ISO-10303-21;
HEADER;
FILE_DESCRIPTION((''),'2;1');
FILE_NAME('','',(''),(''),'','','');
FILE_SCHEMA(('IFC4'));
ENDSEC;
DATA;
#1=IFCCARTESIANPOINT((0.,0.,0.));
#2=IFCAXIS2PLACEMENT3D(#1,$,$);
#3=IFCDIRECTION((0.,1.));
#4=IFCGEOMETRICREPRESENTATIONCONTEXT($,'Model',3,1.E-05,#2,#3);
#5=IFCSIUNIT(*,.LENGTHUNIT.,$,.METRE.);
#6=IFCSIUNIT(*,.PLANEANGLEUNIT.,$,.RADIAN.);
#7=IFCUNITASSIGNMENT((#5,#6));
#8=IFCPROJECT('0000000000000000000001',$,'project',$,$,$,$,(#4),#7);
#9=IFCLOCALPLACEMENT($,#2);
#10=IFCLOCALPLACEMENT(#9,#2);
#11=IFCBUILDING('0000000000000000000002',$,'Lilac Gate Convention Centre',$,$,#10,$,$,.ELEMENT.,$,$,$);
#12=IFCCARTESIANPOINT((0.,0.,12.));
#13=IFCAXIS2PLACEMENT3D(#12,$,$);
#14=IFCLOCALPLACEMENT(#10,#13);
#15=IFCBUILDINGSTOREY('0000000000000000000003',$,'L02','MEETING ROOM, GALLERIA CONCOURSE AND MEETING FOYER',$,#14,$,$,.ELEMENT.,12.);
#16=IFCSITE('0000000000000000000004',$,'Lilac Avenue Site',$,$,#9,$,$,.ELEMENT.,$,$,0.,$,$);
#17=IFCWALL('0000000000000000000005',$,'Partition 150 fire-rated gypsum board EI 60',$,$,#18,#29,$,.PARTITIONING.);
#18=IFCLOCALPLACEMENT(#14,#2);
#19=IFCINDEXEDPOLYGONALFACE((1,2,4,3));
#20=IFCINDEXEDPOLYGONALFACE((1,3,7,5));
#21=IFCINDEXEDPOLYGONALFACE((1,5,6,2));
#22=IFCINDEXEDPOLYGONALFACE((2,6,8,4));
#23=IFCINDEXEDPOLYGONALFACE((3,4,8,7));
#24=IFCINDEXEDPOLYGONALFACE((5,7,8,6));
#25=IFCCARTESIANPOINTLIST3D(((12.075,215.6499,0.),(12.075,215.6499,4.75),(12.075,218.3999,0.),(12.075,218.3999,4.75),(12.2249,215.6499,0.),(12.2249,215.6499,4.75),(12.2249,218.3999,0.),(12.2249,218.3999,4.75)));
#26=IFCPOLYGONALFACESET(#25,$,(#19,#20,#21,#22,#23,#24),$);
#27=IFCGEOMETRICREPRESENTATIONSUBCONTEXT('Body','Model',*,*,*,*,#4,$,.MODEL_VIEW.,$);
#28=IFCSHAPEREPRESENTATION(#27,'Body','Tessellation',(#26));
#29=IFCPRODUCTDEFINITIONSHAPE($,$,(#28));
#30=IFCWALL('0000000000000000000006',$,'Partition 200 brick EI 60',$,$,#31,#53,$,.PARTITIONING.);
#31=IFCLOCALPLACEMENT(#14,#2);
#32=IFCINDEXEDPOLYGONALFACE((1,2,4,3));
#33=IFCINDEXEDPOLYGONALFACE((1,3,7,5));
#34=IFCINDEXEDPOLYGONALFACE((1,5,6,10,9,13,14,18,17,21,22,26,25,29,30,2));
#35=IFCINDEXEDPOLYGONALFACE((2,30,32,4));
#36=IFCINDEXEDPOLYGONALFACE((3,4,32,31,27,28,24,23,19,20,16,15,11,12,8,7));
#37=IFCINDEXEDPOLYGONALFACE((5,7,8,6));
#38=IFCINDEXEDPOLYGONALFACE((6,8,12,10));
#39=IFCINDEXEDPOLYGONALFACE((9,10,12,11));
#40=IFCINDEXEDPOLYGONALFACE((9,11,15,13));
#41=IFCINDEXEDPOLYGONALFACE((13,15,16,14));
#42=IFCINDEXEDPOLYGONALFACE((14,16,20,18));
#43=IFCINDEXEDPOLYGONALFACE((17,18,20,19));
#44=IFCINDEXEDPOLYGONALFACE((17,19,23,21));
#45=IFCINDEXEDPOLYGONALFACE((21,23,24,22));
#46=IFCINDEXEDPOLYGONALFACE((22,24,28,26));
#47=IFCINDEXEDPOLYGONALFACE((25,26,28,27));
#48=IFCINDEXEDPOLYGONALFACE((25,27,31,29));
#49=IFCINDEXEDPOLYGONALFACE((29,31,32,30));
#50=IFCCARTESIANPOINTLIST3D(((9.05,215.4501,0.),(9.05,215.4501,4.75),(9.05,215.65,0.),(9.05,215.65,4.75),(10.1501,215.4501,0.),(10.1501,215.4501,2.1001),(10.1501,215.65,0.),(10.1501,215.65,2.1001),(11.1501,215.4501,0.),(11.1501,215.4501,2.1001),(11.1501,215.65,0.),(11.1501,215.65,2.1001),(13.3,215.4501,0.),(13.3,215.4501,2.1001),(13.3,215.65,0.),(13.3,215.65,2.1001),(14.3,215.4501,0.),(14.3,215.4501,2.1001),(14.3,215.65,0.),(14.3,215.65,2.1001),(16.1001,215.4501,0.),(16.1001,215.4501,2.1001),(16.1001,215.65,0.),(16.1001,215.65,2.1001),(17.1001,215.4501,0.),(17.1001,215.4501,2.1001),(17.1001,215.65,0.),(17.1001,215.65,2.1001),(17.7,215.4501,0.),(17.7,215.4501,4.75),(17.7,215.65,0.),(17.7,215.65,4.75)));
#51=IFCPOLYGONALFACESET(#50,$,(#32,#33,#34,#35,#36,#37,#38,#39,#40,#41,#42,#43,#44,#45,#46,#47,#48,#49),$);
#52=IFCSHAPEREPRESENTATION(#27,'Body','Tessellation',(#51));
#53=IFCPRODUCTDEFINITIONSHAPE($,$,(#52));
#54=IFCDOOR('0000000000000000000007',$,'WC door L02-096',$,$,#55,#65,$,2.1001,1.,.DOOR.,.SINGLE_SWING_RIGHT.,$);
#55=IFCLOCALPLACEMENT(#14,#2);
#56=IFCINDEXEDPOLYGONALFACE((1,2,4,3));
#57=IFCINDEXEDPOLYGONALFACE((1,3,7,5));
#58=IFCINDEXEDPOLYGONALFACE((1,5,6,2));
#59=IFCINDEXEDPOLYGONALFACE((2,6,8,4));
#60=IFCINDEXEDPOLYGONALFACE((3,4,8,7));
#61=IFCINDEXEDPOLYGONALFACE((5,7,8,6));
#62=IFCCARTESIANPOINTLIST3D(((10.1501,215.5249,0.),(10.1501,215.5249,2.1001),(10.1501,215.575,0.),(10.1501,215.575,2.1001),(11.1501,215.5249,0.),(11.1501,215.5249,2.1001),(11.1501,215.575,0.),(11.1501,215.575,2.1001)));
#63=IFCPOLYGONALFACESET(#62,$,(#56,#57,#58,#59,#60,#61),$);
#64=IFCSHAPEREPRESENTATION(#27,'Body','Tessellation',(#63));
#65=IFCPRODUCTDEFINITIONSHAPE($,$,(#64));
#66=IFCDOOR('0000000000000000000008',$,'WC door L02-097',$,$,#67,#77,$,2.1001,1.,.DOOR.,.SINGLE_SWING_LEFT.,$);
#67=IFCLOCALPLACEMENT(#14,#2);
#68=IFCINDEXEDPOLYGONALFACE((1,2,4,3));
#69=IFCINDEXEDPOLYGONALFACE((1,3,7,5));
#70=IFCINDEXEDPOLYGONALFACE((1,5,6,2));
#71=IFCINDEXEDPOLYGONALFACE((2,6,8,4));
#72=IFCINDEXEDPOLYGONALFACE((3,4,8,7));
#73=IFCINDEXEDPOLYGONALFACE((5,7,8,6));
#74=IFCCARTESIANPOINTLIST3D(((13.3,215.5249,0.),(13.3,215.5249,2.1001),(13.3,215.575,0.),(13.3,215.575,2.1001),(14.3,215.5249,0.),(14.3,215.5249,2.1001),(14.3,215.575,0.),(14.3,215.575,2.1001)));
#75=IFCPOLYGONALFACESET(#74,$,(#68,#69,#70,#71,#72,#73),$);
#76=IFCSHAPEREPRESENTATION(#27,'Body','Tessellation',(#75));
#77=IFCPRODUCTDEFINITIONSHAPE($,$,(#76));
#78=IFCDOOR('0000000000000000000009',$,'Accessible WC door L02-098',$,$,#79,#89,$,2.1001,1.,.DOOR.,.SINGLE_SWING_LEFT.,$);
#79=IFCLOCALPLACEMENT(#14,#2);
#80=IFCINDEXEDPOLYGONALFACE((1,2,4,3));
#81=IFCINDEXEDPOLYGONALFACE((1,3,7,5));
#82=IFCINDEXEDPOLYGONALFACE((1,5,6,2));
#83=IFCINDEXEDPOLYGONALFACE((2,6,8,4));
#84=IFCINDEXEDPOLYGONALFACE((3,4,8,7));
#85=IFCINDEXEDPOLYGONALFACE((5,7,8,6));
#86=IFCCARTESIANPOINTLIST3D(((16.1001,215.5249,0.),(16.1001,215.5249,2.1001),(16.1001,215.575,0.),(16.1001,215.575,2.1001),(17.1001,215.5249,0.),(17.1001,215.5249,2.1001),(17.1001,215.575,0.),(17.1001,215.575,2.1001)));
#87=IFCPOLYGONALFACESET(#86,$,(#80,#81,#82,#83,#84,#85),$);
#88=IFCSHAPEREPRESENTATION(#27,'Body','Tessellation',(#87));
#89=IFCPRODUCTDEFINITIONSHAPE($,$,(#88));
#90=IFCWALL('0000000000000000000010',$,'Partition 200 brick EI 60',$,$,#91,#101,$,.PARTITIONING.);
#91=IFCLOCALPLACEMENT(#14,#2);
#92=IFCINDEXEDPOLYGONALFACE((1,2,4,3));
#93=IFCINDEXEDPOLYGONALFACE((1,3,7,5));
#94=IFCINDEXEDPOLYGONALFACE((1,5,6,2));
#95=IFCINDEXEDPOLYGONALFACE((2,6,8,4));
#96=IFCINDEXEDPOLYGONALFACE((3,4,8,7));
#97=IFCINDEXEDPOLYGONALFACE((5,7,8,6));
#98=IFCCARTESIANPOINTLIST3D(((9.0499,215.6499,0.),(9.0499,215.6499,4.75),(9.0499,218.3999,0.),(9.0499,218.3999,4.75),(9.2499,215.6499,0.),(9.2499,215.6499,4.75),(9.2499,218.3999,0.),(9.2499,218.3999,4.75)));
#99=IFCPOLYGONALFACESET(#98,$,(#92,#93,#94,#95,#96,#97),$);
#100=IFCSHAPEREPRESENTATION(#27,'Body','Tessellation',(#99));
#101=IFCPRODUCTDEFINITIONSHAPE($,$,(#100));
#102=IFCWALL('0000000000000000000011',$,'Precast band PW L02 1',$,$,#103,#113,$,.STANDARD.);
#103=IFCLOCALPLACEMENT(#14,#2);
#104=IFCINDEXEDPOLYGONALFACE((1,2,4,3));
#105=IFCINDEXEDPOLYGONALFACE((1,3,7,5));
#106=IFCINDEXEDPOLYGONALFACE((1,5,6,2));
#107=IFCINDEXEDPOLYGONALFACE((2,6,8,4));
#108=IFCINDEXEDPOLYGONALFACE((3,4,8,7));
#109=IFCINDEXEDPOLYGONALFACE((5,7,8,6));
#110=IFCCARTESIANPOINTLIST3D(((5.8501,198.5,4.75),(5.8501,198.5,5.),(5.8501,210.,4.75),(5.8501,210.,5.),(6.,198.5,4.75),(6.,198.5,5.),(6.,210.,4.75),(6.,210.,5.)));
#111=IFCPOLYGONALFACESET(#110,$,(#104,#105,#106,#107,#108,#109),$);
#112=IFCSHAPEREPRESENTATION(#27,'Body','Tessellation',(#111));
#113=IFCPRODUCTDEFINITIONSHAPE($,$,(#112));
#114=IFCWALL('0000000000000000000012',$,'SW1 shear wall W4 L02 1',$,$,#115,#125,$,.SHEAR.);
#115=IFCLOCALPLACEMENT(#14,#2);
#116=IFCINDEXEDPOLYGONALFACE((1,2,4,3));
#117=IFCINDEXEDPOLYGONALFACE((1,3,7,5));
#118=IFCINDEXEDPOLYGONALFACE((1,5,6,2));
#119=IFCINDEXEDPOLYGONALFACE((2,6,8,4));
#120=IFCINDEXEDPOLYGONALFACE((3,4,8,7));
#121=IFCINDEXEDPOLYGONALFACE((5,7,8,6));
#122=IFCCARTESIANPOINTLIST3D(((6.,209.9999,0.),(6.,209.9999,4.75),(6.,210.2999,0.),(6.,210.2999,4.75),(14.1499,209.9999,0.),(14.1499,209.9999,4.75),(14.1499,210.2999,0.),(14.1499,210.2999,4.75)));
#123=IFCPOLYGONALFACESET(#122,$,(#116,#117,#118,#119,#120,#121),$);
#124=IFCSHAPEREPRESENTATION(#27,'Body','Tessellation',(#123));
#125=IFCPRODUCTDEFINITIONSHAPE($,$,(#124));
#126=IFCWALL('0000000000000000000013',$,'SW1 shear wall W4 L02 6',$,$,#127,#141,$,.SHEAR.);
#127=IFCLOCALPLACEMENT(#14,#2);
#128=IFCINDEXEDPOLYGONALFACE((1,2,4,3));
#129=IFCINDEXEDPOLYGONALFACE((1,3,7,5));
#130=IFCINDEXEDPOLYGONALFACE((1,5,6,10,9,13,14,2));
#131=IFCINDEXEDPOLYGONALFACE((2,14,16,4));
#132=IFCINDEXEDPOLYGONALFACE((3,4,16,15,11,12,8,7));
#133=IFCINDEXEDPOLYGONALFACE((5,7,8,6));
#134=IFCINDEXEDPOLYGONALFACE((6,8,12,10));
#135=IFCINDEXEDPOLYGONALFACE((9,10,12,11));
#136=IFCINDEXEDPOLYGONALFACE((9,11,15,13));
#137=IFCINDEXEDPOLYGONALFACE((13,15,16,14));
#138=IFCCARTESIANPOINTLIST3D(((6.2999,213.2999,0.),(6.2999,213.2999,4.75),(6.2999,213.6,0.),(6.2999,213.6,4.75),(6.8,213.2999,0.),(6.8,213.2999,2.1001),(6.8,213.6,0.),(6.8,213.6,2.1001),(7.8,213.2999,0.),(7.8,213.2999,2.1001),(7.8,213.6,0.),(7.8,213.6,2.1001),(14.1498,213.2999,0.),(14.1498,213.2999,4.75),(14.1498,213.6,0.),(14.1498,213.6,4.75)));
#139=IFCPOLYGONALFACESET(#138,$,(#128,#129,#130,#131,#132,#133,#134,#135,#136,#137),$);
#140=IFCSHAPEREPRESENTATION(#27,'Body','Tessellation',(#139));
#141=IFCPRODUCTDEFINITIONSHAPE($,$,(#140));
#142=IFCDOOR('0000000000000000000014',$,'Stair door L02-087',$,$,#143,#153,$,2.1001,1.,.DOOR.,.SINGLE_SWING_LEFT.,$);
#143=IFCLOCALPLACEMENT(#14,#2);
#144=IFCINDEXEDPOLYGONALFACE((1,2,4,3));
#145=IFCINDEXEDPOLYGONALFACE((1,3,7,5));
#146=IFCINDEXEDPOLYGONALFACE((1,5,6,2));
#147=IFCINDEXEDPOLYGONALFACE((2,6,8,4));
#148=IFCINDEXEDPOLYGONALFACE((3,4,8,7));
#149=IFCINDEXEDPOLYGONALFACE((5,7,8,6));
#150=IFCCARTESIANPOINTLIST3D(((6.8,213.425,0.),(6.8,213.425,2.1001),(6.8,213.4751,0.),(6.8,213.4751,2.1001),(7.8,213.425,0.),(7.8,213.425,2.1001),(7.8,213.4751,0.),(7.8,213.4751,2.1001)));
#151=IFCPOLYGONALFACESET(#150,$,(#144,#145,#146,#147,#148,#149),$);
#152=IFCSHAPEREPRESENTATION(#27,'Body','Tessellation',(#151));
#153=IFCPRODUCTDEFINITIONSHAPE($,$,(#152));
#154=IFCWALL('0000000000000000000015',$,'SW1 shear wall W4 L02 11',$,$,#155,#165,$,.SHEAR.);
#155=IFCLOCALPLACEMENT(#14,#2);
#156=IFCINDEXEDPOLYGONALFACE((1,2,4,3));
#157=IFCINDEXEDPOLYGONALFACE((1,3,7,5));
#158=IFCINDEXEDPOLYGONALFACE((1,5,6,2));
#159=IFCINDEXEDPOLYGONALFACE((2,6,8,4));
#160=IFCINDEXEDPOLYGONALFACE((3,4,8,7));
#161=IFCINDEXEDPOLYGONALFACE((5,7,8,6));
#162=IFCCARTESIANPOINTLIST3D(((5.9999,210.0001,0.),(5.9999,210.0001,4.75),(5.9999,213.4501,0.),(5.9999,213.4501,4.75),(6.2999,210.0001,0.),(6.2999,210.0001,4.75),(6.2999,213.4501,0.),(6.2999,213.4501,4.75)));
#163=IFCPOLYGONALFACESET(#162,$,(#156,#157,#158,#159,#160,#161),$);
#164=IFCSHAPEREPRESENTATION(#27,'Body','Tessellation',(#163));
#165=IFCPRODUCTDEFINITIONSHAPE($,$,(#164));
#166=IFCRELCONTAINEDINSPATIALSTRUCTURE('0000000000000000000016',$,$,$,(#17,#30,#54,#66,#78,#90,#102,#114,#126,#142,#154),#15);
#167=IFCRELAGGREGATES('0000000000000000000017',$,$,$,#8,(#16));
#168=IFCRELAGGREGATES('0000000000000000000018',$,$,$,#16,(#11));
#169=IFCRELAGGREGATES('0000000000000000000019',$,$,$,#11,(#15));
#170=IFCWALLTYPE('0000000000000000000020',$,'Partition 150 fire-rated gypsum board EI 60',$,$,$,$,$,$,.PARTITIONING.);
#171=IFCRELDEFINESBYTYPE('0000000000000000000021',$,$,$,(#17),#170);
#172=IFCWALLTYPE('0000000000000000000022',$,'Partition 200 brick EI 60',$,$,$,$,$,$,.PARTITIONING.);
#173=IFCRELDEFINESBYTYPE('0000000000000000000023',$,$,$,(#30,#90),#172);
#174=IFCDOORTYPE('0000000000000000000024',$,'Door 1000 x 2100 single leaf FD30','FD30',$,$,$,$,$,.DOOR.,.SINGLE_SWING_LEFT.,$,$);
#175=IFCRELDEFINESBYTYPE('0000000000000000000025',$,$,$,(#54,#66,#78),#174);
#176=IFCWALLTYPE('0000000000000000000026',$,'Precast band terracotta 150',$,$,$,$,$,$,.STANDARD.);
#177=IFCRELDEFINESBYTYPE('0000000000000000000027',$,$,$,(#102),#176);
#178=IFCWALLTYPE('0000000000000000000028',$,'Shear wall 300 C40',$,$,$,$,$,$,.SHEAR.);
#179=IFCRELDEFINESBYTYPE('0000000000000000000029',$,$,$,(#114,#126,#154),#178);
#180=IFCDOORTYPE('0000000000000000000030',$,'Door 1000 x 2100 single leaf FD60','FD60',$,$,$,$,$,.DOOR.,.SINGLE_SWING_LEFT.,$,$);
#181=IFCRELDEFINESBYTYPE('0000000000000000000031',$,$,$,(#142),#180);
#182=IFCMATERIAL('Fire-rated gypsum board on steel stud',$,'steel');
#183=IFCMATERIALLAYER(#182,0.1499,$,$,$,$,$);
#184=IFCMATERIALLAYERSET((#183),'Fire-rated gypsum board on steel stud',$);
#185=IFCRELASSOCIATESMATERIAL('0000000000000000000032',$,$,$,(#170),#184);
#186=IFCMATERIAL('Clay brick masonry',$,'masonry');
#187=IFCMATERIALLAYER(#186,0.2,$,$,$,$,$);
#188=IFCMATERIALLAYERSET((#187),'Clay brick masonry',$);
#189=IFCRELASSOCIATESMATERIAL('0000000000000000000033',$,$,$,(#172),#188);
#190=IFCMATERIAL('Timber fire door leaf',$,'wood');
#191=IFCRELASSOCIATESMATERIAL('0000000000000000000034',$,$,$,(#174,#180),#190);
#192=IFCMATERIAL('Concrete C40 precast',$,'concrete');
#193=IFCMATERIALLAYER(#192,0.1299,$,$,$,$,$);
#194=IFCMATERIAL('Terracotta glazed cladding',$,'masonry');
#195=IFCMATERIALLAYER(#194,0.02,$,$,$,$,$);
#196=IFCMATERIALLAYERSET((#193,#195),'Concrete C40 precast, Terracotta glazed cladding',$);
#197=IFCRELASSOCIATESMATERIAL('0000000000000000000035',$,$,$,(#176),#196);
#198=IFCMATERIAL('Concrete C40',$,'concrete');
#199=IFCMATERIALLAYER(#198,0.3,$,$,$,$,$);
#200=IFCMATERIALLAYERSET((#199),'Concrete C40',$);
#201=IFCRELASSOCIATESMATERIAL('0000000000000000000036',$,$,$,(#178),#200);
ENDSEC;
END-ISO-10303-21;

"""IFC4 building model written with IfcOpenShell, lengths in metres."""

from ifc_helpers import new_model, si_unit, direction, frame, frame_2d, origin, place, context, subcontext, project, spatial, rectangle, extrude, material, layer, layer_set, type_object, element, fill, save


model = new_model("IFC4")

# Units and contexts
model_context = context("Model", 3, precision=1e-05, world=origin(), true_north=direction((0.0, 1.0)))
body_context = subcontext(model_context, "Body", "Model", "MODEL_VIEW")
ifc_project = project(units=[si_unit("LENGTHUNIT", "METRE"), si_unit("PLANEANGLEUNIT", "RADIAN")], contexts=[model_context])

# Site, building, storey
site_placement = place(None, origin())
site = spatial("IfcSite", under=ifc_project, at=site_placement, Name="Lilac Avenue Site", CompositionType="ELEMENT", RefElevation=0.0)
building_placement = place(site_placement, origin())
building = spatial("IfcBuilding", under=site, at=building_placement, Name="Lilac Gate Convention Centre", CompositionType="ELEMENT")
storey_placement = place(building_placement, frame((0.0, 0.0, 12.0)))
storey = spatial("IfcBuildingStorey", under=building, at=storey_placement, Name="L02", Description="MEETING ROOM, GALLERIA CONCOURSE AND MEETING FOYER", CompositionType="ELEMENT", Elevation=12.0)

# Wall
ifc_material_1 = material(Name="Fire-rated gypsum board on steel stud", Category="steel")
ifc_layer_1 = layer(ifc_material_1, 0.1499)
ifc_layer_set_1 = layer_set([ifc_layer_1], Name="Fire-rated gypsum board on steel stud")
wall_type_1 = type_object("IfcWallType", Name="Partition 150 fire-rated gypsum board EI 60", PredefinedType="PARTITIONING", material=ifc_layer_set_1)
wall_1_placement = place(storey_placement, frame((12.1499, 215.6499, 0.0), z_axis=(0.0, 0.0, 1.0), x_axis=(0.0, 1.0, 0.0)))
element("IfcWall", 1, at=wall_1_placement, inside=storey, type_object=wall_type_1, Name="Partition 150 fire-rated gypsum board EI 60", PredefinedType="PARTITIONING", context=body_context, shape_type="SweptSolid", body=[
    extrude(rectangle(XDim=2.75, YDim=0.1499, at=frame_2d((1.375, 0.0))), origin(), (0.0, 0.0, 1.0), 4.75),
])

# Wall, openings, doors
ifc_material_2 = material(Name="Clay brick masonry", Category="masonry")
ifc_layer_2 = layer(ifc_material_2, 0.2)
ifc_layer_set_2 = layer_set([ifc_layer_2], Name="Clay brick masonry")
wall_type_2 = type_object("IfcWallType", Name="Partition 200 brick EI 60", PredefinedType="PARTITIONING", material=ifc_layer_set_2)
wall_2_placement = place(storey_placement, frame((9.05, 215.55, 0.0), z_axis=(0.0, 0.0, 1.0), x_axis=(1.0, 0.0, 0.0)))
wall_2 = element("IfcWall", 2, at=wall_2_placement, inside=storey, type_object=wall_type_2, Name="Partition 200 brick EI 60", PredefinedType="PARTITIONING", context=body_context, shape_type="SweptSolid", body=[
    extrude(rectangle(XDim=8.6499, YDim=0.2, at=frame_2d((4.325, 0.0))), origin(), (0.0, 0.0, 1.0), 4.75),
])
opening_1_placement = place(wall_2_placement, frame((1.1001, 0.0, 0.0)))
opening_1 = element("IfcOpeningElement", 3, at=opening_1_placement, cuts=wall_2, PredefinedType="OPENING", context=body_context, shape_type="SweptSolid", body=[
    extrude(rectangle(XDim=1.0, YDim=2.1001, at=frame_2d((0.5, 1.05))), frame((0.0, 0.1099, 0.0), z_axis=(0.0, -1.0, 0.0), x_axis=(1.0, 0.0, 0.0)), (0.0, 0.0, 1.0), 0.22),
])
opening_2_placement = place(wall_2_placement, frame((4.25, 0.0, 0.0)))
opening_2 = element("IfcOpeningElement", 4, at=opening_2_placement, cuts=wall_2, PredefinedType="OPENING", context=body_context, shape_type="SweptSolid", body=[
    extrude(rectangle(XDim=1.0, YDim=2.1001, at=frame_2d((0.5, 1.05))), frame((0.0, 0.1099, 0.0), z_axis=(0.0, -1.0, 0.0), x_axis=(1.0, 0.0, 0.0)), (0.0, 0.0, 1.0), 0.22),
])
opening_3_placement = place(wall_2_placement, frame((7.05, 0.0, 0.0)))
opening_3 = element("IfcOpeningElement", 5, at=opening_3_placement, cuts=wall_2, PredefinedType="OPENING", context=body_context, shape_type="SweptSolid", body=[
    extrude(rectangle(XDim=1.0, YDim=2.1001, at=frame_2d((0.5, 1.05))), frame((0.0, 0.1099, 0.0), z_axis=(0.0, -1.0, 0.0), x_axis=(1.0, 0.0, 0.0)), (0.0, 0.0, 1.0), 0.22),
])
ifc_material_3 = material(Name="Timber fire door leaf", Category="wood")
door_type_1 = type_object("IfcDoorType", Name="Door 1000 x 2100 single leaf FD30", Description="FD30", OperationType="SINGLE_SWING_LEFT", PredefinedType="DOOR", material=ifc_material_3)
door_1_placement = place(opening_1_placement, origin())
door_1 = element("IfcDoor", 6, at=door_1_placement, inside=storey, type_object=door_type_1, Name="WC door L02-096", OperationType="SINGLE_SWING_RIGHT", OverallHeight=2.1001, OverallWidth=1.0, PredefinedType="DOOR", context=body_context, shape_type="SweptSolid", body=[
    extrude(rectangle(XDim=1.0, YDim=2.1001, at=frame_2d((0.5, 1.05))), frame((0.0, 0.0249, 0.0), z_axis=(0.0, -1.0, 0.0), x_axis=(1.0, 0.0, 0.0)), (0.0, 0.0, 1.0), 0.05),
])
fill(opening_1, door_1)
door_2_placement = place(opening_2_placement, origin())
door_2 = element("IfcDoor", 7, at=door_2_placement, inside=storey, type_object=door_type_1, Name="WC door L02-097", OperationType="SINGLE_SWING_LEFT", OverallHeight=2.1001, OverallWidth=1.0, PredefinedType="DOOR", context=body_context, shape_type="SweptSolid", body=[
    extrude(rectangle(XDim=1.0, YDim=2.1001, at=frame_2d((0.5, 1.05))), frame((0.0, 0.0249, 0.0), z_axis=(0.0, -1.0, 0.0), x_axis=(1.0, 0.0, 0.0)), (0.0, 0.0, 1.0), 0.05),
])
fill(opening_2, door_2)
door_3_placement = place(opening_3_placement, origin())
door_3 = element("IfcDoor", 8, at=door_3_placement, inside=storey, type_object=door_type_1, Name="Accessible WC door L02-098", OperationType="SINGLE_SWING_LEFT", OverallHeight=2.1001, OverallWidth=1.0, PredefinedType="DOOR", context=body_context, shape_type="SweptSolid", body=[
    extrude(rectangle(XDim=1.0, YDim=2.1001, at=frame_2d((0.5, 1.05))), frame((0.0, 0.0249, 0.0), z_axis=(0.0, -1.0, 0.0), x_axis=(1.0, 0.0, 0.0)), (0.0, 0.0, 1.0), 0.05),
])
fill(opening_3, door_3)

# Walls
wall_3_placement = place(storey_placement, frame((9.1499, 215.6499, 0.0), z_axis=(0.0, 0.0, 1.0), x_axis=(0.0, 1.0, 0.0)))
element("IfcWall", 9, at=wall_3_placement, inside=storey, type_object=wall_type_2, Name="Partition 200 brick EI 60", PredefinedType="PARTITIONING", context=body_context, shape_type="SweptSolid", body=[
    extrude(rectangle(XDim=2.75, YDim=0.2, at=frame_2d((1.375, 0.0))), origin(), (0.0, 0.0, 1.0), 4.75),
])
ifc_material_4 = material(Name="Concrete C40 precast", Category="concrete")
ifc_layer_3 = layer(ifc_material_4, 0.1299)
ifc_material_5 = material(Name="Terracotta glazed cladding", Category="masonry")
ifc_layer_4 = layer(ifc_material_5, 0.02)
ifc_layer_set_3 = layer_set([ifc_layer_3, ifc_layer_4], Name="Concrete C40 precast, Terracotta glazed cladding")
wall_type_3 = type_object("IfcWallType", Name="Precast band terracotta 150", PredefinedType="STANDARD", material=ifc_layer_set_3)
wall_4_placement = place(storey_placement, frame((5.925, 210.0, 4.75), z_axis=(0.0, 0.0, 1.0), x_axis=(0.0, -1.0, 0.0)))
element("IfcWall", 10, at=wall_4_placement, inside=storey, type_object=wall_type_3, Name="Precast band PW L02 1", PredefinedType="STANDARD", context=body_context, shape_type="SweptSolid", body=[
    extrude(rectangle(XDim=11.5, YDim=0.1499, at=frame_2d((5.75, 0.0))), origin(), (0.0, 0.0, 1.0), 0.25),
])
ifc_material_6 = material(Name="Concrete C40", Category="concrete")
ifc_layer_5 = layer(ifc_material_6, 0.3)
ifc_layer_set_4 = layer_set([ifc_layer_5], Name="Concrete C40")
wall_type_4 = type_object("IfcWallType", Name="Shear wall 300 C40", PredefinedType="SHEAR", material=ifc_layer_set_4)
wall_5_placement = place(storey_placement, frame((6.0, 210.1499, 0.0), z_axis=(0.0, 0.0, 1.0), x_axis=(1.0, 0.0, 0.0)))
element("IfcWall", 11, at=wall_5_placement, inside=storey, type_object=wall_type_4, Name="SW1 shear wall W4 L02 1", PredefinedType="SHEAR", context=body_context, shape_type="SweptSolid", body=[
    extrude(rectangle(XDim=8.1499, YDim=0.3, at=frame_2d((4.075, 0.0))), origin(), (0.0, 0.0, 1.0), 4.75),
])

# Wall, opening, door
wall_6_placement = place(storey_placement, frame((6.3, 213.45, 0.0), z_axis=(0.0, 0.0, 1.0), x_axis=(1.0, 0.0, 0.0)))
wall_6 = element("IfcWall", 12, at=wall_6_placement, inside=storey, type_object=wall_type_4, Name="SW1 shear wall W4 L02 6", PredefinedType="SHEAR", context=body_context, shape_type="SweptSolid", body=[
    extrude(rectangle(XDim=7.8499, YDim=0.3, at=frame_2d((3.9248, 0.0))), origin(), (0.0, 0.0, 1.0), 4.75),
])
opening_4_placement = place(wall_6_placement, frame((0.5, 0.0, 0.0)))
opening_4 = element("IfcOpeningElement", 13, at=opening_4_placement, cuts=wall_6, PredefinedType="OPENING", context=body_context, shape_type="SweptSolid", body=[
    extrude(rectangle(XDim=1.0, YDim=2.1001, at=frame_2d((0.5, 1.05))), frame((0.0, 0.1599, 0.0), z_axis=(0.0, -1.0, 0.0), x_axis=(1.0, 0.0, 0.0)), (0.0, 0.0, 1.0), 0.3201),
])
door_type_2 = type_object("IfcDoorType", Name="Door 1000 x 2100 single leaf FD60", Description="FD60", OperationType="SINGLE_SWING_LEFT", PredefinedType="DOOR", material=ifc_material_3)
door_4_placement = place(opening_4_placement, frame((1.0, 0.0, 0.0), z_axis=(0.0, 0.0, 1.0), x_axis=(-1.0, 0.0, 0.0)))
door_4 = element("IfcDoor", 14, at=door_4_placement, inside=storey, type_object=door_type_2, Name="Stair door L02-087", OperationType="SINGLE_SWING_LEFT", OverallHeight=2.1001, OverallWidth=1.0, PredefinedType="DOOR", context=body_context, shape_type="SweptSolid", body=[
    extrude(rectangle(XDim=1.0, YDim=2.1001, at=frame_2d((0.5, 1.05))), frame((0.0, 0.0249, 0.0), z_axis=(0.0, -1.0, 0.0), x_axis=(1.0, 0.0, 0.0)), (0.0, 0.0, 1.0), 0.05),
])
fill(opening_4, door_4)

# Wall
wall_7_placement = place(storey_placement, frame((6.1499, 210.0, 0.0), z_axis=(0.0, 0.0, 1.0), x_axis=(0.0, 1.0, 0.0)))
element("IfcWall", 15, at=wall_7_placement, inside=storey, type_object=wall_type_4, Name="SW1 shear wall W4 L02 11", PredefinedType="SHEAR", context=body_context, shape_type="SweptSolid", body=[
    extrude(rectangle(XDim=3.45, YDim=0.3, at=frame_2d((1.7251, 0.0))), origin(), (0.0, 0.0, 1.0), 4.75),
])

save(model, "model.ifc")
